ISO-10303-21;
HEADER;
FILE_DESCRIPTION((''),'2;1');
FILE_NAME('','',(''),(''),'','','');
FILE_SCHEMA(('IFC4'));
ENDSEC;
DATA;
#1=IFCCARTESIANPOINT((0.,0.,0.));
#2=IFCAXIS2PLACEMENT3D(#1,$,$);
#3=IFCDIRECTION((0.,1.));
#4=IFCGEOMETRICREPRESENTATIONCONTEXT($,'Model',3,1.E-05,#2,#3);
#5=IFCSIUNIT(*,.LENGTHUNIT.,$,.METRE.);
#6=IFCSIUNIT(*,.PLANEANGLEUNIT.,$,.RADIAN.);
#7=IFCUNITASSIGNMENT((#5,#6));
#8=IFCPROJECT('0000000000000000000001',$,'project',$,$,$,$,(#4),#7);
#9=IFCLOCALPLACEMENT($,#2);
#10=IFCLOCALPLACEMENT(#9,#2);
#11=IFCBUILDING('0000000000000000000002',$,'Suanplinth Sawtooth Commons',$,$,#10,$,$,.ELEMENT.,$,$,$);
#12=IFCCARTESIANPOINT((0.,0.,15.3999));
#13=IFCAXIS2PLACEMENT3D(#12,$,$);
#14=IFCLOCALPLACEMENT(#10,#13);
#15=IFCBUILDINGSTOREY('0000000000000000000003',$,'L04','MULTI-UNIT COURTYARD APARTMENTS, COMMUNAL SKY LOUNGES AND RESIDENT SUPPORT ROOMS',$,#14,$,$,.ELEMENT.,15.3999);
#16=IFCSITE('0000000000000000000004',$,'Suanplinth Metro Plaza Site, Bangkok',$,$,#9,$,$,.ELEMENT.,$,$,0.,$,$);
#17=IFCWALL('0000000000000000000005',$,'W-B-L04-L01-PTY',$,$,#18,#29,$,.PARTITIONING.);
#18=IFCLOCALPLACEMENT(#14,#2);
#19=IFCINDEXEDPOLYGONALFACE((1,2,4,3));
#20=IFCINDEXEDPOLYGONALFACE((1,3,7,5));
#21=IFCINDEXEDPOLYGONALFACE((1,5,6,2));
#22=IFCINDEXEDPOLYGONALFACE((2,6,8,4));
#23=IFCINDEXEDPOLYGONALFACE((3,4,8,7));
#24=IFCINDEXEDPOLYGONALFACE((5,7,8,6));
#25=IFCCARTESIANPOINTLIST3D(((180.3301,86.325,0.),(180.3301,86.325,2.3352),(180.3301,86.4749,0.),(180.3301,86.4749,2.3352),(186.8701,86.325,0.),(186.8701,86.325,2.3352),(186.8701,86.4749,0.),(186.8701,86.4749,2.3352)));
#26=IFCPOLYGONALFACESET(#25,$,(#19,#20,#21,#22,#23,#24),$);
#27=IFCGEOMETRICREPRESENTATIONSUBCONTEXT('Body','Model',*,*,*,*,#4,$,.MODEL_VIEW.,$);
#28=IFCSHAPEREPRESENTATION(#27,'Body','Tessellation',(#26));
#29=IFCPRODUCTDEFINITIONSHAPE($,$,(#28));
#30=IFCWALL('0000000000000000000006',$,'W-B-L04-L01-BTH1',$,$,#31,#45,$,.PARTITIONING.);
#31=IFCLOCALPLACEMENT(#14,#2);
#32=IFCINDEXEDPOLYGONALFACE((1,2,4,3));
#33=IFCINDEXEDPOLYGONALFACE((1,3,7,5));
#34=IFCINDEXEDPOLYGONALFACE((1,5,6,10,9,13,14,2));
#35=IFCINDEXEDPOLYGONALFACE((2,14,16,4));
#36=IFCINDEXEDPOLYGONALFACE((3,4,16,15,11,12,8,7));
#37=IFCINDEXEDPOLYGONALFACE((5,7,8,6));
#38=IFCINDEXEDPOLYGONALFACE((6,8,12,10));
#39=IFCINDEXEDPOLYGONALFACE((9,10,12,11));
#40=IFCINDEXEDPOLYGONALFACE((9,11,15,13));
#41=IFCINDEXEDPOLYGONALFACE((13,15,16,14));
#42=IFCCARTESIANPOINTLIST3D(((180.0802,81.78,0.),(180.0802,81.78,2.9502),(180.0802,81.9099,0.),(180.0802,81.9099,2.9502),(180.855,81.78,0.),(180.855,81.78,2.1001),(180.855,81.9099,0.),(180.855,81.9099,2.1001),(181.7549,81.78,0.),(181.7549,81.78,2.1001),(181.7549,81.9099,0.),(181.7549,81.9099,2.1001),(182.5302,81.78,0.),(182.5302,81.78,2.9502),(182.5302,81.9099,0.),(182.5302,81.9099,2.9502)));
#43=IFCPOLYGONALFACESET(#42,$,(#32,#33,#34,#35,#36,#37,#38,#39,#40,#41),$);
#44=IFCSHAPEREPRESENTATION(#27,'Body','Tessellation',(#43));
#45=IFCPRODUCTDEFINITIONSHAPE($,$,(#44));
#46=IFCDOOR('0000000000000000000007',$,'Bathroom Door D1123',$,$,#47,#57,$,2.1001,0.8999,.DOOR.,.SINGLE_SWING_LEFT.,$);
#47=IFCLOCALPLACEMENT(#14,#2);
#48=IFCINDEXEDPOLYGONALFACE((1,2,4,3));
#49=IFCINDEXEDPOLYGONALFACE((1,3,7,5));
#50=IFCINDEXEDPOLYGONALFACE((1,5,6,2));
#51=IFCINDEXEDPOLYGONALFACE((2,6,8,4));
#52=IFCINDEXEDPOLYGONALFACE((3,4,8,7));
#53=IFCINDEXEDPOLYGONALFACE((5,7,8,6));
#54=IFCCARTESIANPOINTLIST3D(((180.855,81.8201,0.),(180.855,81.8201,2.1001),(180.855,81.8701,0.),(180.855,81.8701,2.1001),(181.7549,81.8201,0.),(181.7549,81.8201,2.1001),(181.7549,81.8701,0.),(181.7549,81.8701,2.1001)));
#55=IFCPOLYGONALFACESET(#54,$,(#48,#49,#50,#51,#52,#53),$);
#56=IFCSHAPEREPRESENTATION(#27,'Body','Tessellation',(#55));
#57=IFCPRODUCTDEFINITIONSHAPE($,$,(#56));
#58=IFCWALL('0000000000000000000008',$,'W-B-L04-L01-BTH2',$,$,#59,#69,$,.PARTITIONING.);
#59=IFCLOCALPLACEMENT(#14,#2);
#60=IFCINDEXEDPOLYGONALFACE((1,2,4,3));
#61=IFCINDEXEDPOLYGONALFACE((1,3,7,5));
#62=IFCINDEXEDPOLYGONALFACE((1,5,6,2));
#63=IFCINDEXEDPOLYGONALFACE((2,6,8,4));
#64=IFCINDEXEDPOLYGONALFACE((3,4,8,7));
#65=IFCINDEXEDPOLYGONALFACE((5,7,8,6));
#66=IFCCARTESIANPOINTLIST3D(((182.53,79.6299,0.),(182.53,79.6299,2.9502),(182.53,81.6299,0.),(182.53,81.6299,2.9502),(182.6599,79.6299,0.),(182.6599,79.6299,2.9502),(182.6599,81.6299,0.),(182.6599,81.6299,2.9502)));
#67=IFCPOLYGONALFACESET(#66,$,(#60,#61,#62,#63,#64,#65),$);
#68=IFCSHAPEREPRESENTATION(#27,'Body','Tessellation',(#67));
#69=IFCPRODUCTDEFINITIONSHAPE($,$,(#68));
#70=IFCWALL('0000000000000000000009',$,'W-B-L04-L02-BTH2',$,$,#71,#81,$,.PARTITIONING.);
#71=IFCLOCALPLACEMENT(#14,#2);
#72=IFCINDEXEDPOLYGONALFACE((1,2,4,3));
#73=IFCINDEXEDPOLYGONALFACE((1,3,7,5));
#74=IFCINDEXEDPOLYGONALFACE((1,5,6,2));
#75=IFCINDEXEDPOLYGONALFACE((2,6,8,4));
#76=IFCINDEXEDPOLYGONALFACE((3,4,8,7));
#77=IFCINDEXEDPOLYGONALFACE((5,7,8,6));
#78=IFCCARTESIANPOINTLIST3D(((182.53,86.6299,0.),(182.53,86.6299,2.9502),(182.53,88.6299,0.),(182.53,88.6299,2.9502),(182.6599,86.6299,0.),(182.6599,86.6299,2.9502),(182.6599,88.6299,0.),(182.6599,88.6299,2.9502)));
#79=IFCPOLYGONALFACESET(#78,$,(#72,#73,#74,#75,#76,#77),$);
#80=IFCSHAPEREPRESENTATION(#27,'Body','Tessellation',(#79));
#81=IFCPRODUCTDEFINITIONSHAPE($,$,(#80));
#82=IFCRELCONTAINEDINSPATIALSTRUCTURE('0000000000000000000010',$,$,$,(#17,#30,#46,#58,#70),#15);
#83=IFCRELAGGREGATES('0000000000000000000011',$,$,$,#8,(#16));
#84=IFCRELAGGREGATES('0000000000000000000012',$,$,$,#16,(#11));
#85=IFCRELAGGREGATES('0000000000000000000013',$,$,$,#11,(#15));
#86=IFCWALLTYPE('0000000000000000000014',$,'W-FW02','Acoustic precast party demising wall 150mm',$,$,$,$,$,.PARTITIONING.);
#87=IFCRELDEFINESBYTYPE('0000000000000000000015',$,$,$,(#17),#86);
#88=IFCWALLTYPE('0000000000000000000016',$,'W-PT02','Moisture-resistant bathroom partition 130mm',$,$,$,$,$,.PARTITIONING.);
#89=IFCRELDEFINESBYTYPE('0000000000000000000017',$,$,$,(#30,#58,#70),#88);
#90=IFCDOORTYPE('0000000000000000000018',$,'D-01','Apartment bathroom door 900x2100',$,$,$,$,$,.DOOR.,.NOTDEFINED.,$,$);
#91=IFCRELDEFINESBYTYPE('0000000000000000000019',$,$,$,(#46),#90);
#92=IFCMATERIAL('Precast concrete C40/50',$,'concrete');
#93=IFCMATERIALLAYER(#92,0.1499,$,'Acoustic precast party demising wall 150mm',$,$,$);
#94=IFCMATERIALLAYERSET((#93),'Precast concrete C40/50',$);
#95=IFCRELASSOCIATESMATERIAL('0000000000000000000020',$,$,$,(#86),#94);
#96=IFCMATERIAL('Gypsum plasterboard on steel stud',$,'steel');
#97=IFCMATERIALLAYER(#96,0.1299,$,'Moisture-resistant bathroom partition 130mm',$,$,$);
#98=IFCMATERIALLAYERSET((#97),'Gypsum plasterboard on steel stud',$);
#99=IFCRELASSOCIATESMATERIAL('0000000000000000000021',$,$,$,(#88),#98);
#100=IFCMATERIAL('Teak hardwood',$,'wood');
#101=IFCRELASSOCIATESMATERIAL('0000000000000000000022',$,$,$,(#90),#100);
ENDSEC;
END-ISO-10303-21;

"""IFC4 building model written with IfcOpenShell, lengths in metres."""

from ifc_helpers import new_model, si_unit, direction, frame, frame_2d, origin, place, context, subcontext, project, spatial, rectangle, extrude, material, layer, layer_set, type_object, element, fill, save


model = new_model("IFC4")

# Units and contexts
model_context = context("Model", 3, precision=1e-05, world=origin(), true_north=direction((0.0, 1.0)))
body_context = subcontext(model_context, "Body", "Model", "MODEL_VIEW")
ifc_project = project(units=[si_unit("LENGTHUNIT", "METRE"), si_unit("PLANEANGLEUNIT", "RADIAN")], contexts=[model_context])

# Site, building, storey
site_placement = place(None, origin())
site = spatial("IfcSite", under=ifc_project, at=site_placement, Name="Suanplinth Metro Plaza Site, Bangkok", CompositionType="ELEMENT", RefElevation=0.0)
building_placement = place(site_placement, origin())
building = spatial("IfcBuilding", under=site, at=building_placement, Name="Suanplinth Sawtooth Commons", CompositionType="ELEMENT")
storey_placement = place(building_placement, frame((0.0, 0.0, 15.3999)))
storey = spatial("IfcBuildingStorey", under=building, at=storey_placement, Name="L04", Description="MULTI-UNIT COURTYARD APARTMENTS, COMMUNAL SKY LOUNGES AND RESIDENT SUPPORT ROOMS", CompositionType="ELEMENT", Elevation=15.3999)

# Shared definitions
ifc_material_1 = material(Name="Precast concrete C40/50", Category="concrete")

# Wall
ifc_layer_1 = layer(ifc_material_1, 0.1499, Name="Acoustic precast party demising wall 150mm")
ifc_layer_set_1 = layer_set([ifc_layer_1], Name="Precast concrete C40/50")
wall_type_1 = type_object("IfcWallType", Name="W-FW02", Description="Acoustic precast party demising wall 150mm", PredefinedType="PARTITIONING", material=ifc_layer_set_1)
wall_1_placement = place(storey_placement, frame((180.3301, 86.3999, 0.0), z_axis=(0.0, 0.0, 1.0), x_axis=(1.0, 0.0, 0.0)))
element("IfcWall", 1, at=wall_1_placement, inside=storey, type_object=wall_type_1, Name="W-B-L04-L01-PTY", PredefinedType="PARTITIONING", context=body_context, shape_type="SweptSolid", body=[
    extrude(rectangle(XDim=6.54, YDim=0.1499, at=frame_2d((3.27, 0.0))), origin(), (0.0, 0.0, 1.0), 2.3352),
])

# Wall, opening, door
ifc_material_2 = material(Name="Gypsum plasterboard on steel stud", Category="steel")
ifc_layer_2 = layer(ifc_material_2, 0.1299, Name="Moisture-resistant bathroom partition 130mm")
ifc_layer_set_2 = layer_set([ifc_layer_2], Name="Gypsum plasterboard on steel stud")
wall_type_2 = type_object("IfcWallType", Name="W-PT02", Description="Moisture-resistant bathroom partition 130mm", PredefinedType="PARTITIONING", material=ifc_layer_set_2)
wall_2_placement = place(storey_placement, frame((180.0801, 81.845, 0.0), z_axis=(0.0, 0.0, 1.0), x_axis=(1.0, 0.0, 0.0)))
wall_2 = element("IfcWall", 2, at=wall_2_placement, inside=storey, type_object=wall_type_2, Name="W-B-L04-L01-BTH1", PredefinedType="PARTITIONING", context=body_context, shape_type="SweptSolid", body=[
    extrude(rectangle(XDim=2.45, YDim=0.1299, at=frame_2d((1.2251, 0.0))), origin(), (0.0, 0.0, 1.0), 2.9502),
])
opening_1_placement = place(wall_2_placement, frame((0.7749, 0.0, 0.0)))
opening_1 = element("IfcOpeningElement", 3, at=opening_1_placement, cuts=wall_2, PredefinedType="OPENING", context=body_context, shape_type="SweptSolid", body=[
    extrude(rectangle(XDim=0.8999, YDim=2.1001, at=frame_2d((0.45, 1.05))), frame((0.0, 0.0798, 0.0), z_axis=(0.0, -1.0, 0.0), x_axis=(1.0, 0.0, 0.0)), (0.0, 0.0, 1.0), 0.1597),
])
ifc_material_3 = material(Name="Teak hardwood", Category="wood")
door_type_1 = type_object("IfcDoorType", Name="D-01", Description="Apartment bathroom door 900x2100", OperationType="NOTDEFINED", PredefinedType="DOOR", material=ifc_material_3)
door_1_placement = place(opening_1_placement, frame((0.8999, 0.0, 0.0), z_axis=(0.0, 0.0, 1.0), x_axis=(-1.0, 0.0, 0.0)))
door_1 = element("IfcDoor", 4, at=door_1_placement, inside=storey, type_object=door_type_1, Name="Bathroom Door D1123", OperationType="SINGLE_SWING_LEFT", OverallHeight=2.1001, OverallWidth=0.8999, PredefinedType="DOOR", context=body_context, shape_type="SweptSolid", body=[
    extrude(rectangle(XDim=0.8999, YDim=2.1001, at=frame_2d((0.45, 1.05))), frame((0.0, 0.0249, 0.0), z_axis=(0.0, -1.0, 0.0), x_axis=(1.0, 0.0, 0.0)), (0.0, 0.0, 1.0), 0.05),
])
fill(opening_1, door_1)

# Walls
for number, where, z_axis, x_axis, name in (
    (5, (182.595, 79.6299, 0.0), (0.0, 0.0, 1.0), (0.0, 1.0, 0.0), "W-B-L04-L01-BTH2"),
    (6, (182.595, 86.6299, 0.0), (0.0, 0.0, 1.0), (0.0, 1.0, 0.0), "W-B-L04-L02-BTH2"),
):
    element("IfcWall", number, at=place(storey_placement, frame(where, z_axis=z_axis, x_axis=x_axis)), inside=storey, type_object=wall_type_2, Name=name, PredefinedType="PARTITIONING", context=body_context, shape_type="SweptSolid", body=[
        extrude(rectangle(XDim=2.0, YDim=0.1299, at=frame_2d((1.0, 0.0))), origin(), (0.0, 0.0, 1.0), 2.9502),
    ])

save(model, "model.ifc")
